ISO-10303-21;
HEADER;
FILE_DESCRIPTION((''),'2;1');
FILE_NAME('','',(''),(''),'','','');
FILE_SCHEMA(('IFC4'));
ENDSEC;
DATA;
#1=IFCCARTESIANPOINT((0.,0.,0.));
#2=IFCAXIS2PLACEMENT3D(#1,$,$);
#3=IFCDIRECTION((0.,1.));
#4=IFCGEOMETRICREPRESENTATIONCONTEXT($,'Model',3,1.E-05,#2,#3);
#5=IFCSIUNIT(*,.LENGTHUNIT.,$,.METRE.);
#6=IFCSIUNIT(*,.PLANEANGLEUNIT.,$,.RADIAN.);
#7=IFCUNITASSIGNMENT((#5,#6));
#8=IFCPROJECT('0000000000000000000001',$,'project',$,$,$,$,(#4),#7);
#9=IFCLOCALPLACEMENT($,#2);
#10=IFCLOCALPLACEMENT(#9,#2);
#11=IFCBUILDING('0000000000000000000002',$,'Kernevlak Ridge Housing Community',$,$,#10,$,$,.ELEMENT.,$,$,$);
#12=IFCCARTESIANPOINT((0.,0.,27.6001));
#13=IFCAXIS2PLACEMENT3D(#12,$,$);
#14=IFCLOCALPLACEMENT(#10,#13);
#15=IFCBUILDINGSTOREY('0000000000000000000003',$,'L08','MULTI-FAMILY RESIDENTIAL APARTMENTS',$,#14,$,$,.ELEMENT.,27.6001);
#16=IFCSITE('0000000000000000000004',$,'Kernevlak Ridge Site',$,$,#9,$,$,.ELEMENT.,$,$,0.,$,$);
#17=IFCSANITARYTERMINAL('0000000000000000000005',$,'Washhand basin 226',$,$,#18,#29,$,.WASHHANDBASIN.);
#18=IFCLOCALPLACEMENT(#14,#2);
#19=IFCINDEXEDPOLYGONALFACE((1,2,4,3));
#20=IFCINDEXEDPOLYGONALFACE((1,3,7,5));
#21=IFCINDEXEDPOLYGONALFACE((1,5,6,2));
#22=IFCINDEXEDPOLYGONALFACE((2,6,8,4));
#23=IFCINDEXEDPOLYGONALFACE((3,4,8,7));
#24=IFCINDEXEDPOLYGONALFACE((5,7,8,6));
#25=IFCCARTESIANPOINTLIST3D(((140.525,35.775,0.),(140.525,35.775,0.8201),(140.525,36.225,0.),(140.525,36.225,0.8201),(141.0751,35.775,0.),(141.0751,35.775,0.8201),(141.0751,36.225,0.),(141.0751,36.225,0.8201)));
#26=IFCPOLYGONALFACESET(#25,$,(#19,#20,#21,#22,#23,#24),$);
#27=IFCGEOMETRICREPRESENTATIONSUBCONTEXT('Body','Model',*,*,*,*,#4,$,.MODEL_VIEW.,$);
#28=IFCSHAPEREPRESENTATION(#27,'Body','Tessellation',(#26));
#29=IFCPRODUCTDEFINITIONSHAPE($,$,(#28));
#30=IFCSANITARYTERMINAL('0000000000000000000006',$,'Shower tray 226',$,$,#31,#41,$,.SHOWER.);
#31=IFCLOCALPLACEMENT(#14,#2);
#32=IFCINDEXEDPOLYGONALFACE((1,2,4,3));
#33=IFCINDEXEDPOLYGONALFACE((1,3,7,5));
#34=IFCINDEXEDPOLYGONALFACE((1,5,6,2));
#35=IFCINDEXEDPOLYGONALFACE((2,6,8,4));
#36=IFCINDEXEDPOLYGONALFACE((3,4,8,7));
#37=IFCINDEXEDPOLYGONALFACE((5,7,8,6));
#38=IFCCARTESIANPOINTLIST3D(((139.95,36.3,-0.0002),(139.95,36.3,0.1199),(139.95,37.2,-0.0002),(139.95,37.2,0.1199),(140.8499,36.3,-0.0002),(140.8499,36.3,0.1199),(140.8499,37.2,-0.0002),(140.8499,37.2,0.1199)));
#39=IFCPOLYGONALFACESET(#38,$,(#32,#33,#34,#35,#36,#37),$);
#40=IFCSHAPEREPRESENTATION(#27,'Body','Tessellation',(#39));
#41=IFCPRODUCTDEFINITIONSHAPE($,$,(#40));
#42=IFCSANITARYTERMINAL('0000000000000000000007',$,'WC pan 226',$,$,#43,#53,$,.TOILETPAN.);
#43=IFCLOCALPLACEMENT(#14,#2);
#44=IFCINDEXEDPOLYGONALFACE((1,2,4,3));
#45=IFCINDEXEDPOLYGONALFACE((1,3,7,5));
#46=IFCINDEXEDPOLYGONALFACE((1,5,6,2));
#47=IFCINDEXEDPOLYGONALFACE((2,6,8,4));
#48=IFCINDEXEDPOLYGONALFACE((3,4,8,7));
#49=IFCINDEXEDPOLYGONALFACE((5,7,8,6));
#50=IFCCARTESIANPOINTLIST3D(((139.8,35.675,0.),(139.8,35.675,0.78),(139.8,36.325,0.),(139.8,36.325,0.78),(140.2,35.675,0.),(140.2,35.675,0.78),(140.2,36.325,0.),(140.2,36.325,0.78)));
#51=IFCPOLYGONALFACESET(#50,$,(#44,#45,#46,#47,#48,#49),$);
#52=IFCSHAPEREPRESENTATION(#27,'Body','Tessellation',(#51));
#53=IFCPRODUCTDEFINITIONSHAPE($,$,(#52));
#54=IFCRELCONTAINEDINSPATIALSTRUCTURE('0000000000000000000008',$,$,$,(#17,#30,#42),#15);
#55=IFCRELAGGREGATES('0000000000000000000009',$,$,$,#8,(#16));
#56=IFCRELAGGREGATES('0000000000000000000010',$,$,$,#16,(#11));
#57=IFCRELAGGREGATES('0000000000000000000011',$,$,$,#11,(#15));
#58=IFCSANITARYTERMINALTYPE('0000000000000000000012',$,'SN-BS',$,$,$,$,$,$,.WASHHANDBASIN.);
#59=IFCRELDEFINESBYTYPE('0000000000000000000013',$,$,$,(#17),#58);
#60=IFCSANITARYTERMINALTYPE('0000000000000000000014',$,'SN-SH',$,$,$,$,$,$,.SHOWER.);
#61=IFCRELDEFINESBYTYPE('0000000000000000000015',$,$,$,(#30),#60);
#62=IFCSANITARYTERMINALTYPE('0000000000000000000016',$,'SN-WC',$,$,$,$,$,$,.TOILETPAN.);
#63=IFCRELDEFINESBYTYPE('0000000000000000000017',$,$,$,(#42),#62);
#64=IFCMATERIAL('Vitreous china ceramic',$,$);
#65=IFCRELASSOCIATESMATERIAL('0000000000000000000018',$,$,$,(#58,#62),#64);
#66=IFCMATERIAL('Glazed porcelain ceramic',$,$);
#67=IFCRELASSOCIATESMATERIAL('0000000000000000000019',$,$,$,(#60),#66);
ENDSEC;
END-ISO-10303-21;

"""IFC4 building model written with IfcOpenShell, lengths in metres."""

from ifc_helpers import new_model, si_unit, direction, frame, origin, origin_2d, place, context, subcontext, project, spatial, rectangle, extrude, material, type_object, element, save


model = new_model("IFC4")

# Units and contexts
model_context = context("Model", 3, precision=1e-05, world=origin(), true_north=direction((0.0, 1.0)))
body_context = subcontext(model_context, "Body", "Model", "MODEL_VIEW")
ifc_project = project(units=[si_unit("LENGTHUNIT", "METRE"), si_unit("PLANEANGLEUNIT", "RADIAN")], contexts=[model_context])

# Site, building, storey
site_placement = place(None, origin())
site = spatial("IfcSite", under=ifc_project, at=site_placement, Name="Kernevlak Ridge Site", CompositionType="ELEMENT", RefElevation=0.0)
building_placement = place(site_placement, origin())
building = spatial("IfcBuilding", under=site, at=building_placement, Name="Kernevlak Ridge Housing Community", CompositionType="ELEMENT")
storey_placement = place(building_placement, frame((0.0, 0.0, 27.6001)))
storey = spatial("IfcBuildingStorey", under=building, at=storey_placement, Name="L08", Description="MULTI-FAMILY RESIDENTIAL APARTMENTS", CompositionType="ELEMENT", Elevation=27.6001)

# Sanitary terminals
ifc_material_1 = material(Name="Vitreous china ceramic")
sanitary_terminal_type_1 = type_object("IfcSanitaryTerminalType", Name="SN-BS", PredefinedType="WASHHANDBASIN", material=ifc_material_1)
sanitary_terminal_1_placement = place(storey_placement, frame((140.8, 36.0, 0.0), z_axis=(0.0, 0.0, 1.0), x_axis=(1.0, 0.0, 0.0)))
element("IfcSanitaryTerminal", 1, at=sanitary_terminal_1_placement, inside=storey, type_object=sanitary_terminal_type_1, Name="Washhand basin 226", PredefinedType="WASHHANDBASIN", context=body_context, shape_type="SweptSolid", body=[
    extrude(rectangle(XDim=0.55, YDim=0.45, at=origin_2d()), origin(), (0.0, 0.0, 1.0), 0.8201),
])
ifc_material_2 = material(Name="Glazed porcelain ceramic")
sanitary_terminal_type_2 = type_object("IfcSanitaryTerminalType", Name="SN-SH", PredefinedType="SHOWER", material=ifc_material_2)
sanitary_terminal_2_placement = place(storey_placement, frame((140.3999, 36.75, -0.0002), z_axis=(0.0, 0.0, 1.0), x_axis=(1.0, 0.0, 0.0)))
element("IfcSanitaryTerminal", 2, at=sanitary_terminal_2_placement, inside=storey, type_object=sanitary_terminal_type_2, Name="Shower tray 226", PredefinedType="SHOWER", context=body_context, shape_type="SweptSolid", body=[
    extrude(rectangle(XDim=0.8999, YDim=0.8999, at=origin_2d()), origin(), (0.0, 0.0, 1.0), 0.1201),
])
sanitary_terminal_type_3 = type_object("IfcSanitaryTerminalType", Name="SN-WC", PredefinedType="TOILETPAN", material=ifc_material_1)
sanitary_terminal_3_placement = place(storey_placement, frame((140.0, 36.0, 0.0), z_axis=(0.0, 0.0, 1.0), x_axis=(1.0, 0.0, 0.0)))
element("IfcSanitaryTerminal", 3, at=sanitary_terminal_3_placement, inside=storey, type_object=sanitary_terminal_type_3, Name="WC pan 226", PredefinedType="TOILETPAN", context=body_context, shape_type="SweptSolid", body=[
    extrude(rectangle(XDim=0.3999, YDim=0.6499, at=origin_2d()), origin(), (0.0, 0.0, 1.0), 0.78),
])

save(model, "model.ifc")
